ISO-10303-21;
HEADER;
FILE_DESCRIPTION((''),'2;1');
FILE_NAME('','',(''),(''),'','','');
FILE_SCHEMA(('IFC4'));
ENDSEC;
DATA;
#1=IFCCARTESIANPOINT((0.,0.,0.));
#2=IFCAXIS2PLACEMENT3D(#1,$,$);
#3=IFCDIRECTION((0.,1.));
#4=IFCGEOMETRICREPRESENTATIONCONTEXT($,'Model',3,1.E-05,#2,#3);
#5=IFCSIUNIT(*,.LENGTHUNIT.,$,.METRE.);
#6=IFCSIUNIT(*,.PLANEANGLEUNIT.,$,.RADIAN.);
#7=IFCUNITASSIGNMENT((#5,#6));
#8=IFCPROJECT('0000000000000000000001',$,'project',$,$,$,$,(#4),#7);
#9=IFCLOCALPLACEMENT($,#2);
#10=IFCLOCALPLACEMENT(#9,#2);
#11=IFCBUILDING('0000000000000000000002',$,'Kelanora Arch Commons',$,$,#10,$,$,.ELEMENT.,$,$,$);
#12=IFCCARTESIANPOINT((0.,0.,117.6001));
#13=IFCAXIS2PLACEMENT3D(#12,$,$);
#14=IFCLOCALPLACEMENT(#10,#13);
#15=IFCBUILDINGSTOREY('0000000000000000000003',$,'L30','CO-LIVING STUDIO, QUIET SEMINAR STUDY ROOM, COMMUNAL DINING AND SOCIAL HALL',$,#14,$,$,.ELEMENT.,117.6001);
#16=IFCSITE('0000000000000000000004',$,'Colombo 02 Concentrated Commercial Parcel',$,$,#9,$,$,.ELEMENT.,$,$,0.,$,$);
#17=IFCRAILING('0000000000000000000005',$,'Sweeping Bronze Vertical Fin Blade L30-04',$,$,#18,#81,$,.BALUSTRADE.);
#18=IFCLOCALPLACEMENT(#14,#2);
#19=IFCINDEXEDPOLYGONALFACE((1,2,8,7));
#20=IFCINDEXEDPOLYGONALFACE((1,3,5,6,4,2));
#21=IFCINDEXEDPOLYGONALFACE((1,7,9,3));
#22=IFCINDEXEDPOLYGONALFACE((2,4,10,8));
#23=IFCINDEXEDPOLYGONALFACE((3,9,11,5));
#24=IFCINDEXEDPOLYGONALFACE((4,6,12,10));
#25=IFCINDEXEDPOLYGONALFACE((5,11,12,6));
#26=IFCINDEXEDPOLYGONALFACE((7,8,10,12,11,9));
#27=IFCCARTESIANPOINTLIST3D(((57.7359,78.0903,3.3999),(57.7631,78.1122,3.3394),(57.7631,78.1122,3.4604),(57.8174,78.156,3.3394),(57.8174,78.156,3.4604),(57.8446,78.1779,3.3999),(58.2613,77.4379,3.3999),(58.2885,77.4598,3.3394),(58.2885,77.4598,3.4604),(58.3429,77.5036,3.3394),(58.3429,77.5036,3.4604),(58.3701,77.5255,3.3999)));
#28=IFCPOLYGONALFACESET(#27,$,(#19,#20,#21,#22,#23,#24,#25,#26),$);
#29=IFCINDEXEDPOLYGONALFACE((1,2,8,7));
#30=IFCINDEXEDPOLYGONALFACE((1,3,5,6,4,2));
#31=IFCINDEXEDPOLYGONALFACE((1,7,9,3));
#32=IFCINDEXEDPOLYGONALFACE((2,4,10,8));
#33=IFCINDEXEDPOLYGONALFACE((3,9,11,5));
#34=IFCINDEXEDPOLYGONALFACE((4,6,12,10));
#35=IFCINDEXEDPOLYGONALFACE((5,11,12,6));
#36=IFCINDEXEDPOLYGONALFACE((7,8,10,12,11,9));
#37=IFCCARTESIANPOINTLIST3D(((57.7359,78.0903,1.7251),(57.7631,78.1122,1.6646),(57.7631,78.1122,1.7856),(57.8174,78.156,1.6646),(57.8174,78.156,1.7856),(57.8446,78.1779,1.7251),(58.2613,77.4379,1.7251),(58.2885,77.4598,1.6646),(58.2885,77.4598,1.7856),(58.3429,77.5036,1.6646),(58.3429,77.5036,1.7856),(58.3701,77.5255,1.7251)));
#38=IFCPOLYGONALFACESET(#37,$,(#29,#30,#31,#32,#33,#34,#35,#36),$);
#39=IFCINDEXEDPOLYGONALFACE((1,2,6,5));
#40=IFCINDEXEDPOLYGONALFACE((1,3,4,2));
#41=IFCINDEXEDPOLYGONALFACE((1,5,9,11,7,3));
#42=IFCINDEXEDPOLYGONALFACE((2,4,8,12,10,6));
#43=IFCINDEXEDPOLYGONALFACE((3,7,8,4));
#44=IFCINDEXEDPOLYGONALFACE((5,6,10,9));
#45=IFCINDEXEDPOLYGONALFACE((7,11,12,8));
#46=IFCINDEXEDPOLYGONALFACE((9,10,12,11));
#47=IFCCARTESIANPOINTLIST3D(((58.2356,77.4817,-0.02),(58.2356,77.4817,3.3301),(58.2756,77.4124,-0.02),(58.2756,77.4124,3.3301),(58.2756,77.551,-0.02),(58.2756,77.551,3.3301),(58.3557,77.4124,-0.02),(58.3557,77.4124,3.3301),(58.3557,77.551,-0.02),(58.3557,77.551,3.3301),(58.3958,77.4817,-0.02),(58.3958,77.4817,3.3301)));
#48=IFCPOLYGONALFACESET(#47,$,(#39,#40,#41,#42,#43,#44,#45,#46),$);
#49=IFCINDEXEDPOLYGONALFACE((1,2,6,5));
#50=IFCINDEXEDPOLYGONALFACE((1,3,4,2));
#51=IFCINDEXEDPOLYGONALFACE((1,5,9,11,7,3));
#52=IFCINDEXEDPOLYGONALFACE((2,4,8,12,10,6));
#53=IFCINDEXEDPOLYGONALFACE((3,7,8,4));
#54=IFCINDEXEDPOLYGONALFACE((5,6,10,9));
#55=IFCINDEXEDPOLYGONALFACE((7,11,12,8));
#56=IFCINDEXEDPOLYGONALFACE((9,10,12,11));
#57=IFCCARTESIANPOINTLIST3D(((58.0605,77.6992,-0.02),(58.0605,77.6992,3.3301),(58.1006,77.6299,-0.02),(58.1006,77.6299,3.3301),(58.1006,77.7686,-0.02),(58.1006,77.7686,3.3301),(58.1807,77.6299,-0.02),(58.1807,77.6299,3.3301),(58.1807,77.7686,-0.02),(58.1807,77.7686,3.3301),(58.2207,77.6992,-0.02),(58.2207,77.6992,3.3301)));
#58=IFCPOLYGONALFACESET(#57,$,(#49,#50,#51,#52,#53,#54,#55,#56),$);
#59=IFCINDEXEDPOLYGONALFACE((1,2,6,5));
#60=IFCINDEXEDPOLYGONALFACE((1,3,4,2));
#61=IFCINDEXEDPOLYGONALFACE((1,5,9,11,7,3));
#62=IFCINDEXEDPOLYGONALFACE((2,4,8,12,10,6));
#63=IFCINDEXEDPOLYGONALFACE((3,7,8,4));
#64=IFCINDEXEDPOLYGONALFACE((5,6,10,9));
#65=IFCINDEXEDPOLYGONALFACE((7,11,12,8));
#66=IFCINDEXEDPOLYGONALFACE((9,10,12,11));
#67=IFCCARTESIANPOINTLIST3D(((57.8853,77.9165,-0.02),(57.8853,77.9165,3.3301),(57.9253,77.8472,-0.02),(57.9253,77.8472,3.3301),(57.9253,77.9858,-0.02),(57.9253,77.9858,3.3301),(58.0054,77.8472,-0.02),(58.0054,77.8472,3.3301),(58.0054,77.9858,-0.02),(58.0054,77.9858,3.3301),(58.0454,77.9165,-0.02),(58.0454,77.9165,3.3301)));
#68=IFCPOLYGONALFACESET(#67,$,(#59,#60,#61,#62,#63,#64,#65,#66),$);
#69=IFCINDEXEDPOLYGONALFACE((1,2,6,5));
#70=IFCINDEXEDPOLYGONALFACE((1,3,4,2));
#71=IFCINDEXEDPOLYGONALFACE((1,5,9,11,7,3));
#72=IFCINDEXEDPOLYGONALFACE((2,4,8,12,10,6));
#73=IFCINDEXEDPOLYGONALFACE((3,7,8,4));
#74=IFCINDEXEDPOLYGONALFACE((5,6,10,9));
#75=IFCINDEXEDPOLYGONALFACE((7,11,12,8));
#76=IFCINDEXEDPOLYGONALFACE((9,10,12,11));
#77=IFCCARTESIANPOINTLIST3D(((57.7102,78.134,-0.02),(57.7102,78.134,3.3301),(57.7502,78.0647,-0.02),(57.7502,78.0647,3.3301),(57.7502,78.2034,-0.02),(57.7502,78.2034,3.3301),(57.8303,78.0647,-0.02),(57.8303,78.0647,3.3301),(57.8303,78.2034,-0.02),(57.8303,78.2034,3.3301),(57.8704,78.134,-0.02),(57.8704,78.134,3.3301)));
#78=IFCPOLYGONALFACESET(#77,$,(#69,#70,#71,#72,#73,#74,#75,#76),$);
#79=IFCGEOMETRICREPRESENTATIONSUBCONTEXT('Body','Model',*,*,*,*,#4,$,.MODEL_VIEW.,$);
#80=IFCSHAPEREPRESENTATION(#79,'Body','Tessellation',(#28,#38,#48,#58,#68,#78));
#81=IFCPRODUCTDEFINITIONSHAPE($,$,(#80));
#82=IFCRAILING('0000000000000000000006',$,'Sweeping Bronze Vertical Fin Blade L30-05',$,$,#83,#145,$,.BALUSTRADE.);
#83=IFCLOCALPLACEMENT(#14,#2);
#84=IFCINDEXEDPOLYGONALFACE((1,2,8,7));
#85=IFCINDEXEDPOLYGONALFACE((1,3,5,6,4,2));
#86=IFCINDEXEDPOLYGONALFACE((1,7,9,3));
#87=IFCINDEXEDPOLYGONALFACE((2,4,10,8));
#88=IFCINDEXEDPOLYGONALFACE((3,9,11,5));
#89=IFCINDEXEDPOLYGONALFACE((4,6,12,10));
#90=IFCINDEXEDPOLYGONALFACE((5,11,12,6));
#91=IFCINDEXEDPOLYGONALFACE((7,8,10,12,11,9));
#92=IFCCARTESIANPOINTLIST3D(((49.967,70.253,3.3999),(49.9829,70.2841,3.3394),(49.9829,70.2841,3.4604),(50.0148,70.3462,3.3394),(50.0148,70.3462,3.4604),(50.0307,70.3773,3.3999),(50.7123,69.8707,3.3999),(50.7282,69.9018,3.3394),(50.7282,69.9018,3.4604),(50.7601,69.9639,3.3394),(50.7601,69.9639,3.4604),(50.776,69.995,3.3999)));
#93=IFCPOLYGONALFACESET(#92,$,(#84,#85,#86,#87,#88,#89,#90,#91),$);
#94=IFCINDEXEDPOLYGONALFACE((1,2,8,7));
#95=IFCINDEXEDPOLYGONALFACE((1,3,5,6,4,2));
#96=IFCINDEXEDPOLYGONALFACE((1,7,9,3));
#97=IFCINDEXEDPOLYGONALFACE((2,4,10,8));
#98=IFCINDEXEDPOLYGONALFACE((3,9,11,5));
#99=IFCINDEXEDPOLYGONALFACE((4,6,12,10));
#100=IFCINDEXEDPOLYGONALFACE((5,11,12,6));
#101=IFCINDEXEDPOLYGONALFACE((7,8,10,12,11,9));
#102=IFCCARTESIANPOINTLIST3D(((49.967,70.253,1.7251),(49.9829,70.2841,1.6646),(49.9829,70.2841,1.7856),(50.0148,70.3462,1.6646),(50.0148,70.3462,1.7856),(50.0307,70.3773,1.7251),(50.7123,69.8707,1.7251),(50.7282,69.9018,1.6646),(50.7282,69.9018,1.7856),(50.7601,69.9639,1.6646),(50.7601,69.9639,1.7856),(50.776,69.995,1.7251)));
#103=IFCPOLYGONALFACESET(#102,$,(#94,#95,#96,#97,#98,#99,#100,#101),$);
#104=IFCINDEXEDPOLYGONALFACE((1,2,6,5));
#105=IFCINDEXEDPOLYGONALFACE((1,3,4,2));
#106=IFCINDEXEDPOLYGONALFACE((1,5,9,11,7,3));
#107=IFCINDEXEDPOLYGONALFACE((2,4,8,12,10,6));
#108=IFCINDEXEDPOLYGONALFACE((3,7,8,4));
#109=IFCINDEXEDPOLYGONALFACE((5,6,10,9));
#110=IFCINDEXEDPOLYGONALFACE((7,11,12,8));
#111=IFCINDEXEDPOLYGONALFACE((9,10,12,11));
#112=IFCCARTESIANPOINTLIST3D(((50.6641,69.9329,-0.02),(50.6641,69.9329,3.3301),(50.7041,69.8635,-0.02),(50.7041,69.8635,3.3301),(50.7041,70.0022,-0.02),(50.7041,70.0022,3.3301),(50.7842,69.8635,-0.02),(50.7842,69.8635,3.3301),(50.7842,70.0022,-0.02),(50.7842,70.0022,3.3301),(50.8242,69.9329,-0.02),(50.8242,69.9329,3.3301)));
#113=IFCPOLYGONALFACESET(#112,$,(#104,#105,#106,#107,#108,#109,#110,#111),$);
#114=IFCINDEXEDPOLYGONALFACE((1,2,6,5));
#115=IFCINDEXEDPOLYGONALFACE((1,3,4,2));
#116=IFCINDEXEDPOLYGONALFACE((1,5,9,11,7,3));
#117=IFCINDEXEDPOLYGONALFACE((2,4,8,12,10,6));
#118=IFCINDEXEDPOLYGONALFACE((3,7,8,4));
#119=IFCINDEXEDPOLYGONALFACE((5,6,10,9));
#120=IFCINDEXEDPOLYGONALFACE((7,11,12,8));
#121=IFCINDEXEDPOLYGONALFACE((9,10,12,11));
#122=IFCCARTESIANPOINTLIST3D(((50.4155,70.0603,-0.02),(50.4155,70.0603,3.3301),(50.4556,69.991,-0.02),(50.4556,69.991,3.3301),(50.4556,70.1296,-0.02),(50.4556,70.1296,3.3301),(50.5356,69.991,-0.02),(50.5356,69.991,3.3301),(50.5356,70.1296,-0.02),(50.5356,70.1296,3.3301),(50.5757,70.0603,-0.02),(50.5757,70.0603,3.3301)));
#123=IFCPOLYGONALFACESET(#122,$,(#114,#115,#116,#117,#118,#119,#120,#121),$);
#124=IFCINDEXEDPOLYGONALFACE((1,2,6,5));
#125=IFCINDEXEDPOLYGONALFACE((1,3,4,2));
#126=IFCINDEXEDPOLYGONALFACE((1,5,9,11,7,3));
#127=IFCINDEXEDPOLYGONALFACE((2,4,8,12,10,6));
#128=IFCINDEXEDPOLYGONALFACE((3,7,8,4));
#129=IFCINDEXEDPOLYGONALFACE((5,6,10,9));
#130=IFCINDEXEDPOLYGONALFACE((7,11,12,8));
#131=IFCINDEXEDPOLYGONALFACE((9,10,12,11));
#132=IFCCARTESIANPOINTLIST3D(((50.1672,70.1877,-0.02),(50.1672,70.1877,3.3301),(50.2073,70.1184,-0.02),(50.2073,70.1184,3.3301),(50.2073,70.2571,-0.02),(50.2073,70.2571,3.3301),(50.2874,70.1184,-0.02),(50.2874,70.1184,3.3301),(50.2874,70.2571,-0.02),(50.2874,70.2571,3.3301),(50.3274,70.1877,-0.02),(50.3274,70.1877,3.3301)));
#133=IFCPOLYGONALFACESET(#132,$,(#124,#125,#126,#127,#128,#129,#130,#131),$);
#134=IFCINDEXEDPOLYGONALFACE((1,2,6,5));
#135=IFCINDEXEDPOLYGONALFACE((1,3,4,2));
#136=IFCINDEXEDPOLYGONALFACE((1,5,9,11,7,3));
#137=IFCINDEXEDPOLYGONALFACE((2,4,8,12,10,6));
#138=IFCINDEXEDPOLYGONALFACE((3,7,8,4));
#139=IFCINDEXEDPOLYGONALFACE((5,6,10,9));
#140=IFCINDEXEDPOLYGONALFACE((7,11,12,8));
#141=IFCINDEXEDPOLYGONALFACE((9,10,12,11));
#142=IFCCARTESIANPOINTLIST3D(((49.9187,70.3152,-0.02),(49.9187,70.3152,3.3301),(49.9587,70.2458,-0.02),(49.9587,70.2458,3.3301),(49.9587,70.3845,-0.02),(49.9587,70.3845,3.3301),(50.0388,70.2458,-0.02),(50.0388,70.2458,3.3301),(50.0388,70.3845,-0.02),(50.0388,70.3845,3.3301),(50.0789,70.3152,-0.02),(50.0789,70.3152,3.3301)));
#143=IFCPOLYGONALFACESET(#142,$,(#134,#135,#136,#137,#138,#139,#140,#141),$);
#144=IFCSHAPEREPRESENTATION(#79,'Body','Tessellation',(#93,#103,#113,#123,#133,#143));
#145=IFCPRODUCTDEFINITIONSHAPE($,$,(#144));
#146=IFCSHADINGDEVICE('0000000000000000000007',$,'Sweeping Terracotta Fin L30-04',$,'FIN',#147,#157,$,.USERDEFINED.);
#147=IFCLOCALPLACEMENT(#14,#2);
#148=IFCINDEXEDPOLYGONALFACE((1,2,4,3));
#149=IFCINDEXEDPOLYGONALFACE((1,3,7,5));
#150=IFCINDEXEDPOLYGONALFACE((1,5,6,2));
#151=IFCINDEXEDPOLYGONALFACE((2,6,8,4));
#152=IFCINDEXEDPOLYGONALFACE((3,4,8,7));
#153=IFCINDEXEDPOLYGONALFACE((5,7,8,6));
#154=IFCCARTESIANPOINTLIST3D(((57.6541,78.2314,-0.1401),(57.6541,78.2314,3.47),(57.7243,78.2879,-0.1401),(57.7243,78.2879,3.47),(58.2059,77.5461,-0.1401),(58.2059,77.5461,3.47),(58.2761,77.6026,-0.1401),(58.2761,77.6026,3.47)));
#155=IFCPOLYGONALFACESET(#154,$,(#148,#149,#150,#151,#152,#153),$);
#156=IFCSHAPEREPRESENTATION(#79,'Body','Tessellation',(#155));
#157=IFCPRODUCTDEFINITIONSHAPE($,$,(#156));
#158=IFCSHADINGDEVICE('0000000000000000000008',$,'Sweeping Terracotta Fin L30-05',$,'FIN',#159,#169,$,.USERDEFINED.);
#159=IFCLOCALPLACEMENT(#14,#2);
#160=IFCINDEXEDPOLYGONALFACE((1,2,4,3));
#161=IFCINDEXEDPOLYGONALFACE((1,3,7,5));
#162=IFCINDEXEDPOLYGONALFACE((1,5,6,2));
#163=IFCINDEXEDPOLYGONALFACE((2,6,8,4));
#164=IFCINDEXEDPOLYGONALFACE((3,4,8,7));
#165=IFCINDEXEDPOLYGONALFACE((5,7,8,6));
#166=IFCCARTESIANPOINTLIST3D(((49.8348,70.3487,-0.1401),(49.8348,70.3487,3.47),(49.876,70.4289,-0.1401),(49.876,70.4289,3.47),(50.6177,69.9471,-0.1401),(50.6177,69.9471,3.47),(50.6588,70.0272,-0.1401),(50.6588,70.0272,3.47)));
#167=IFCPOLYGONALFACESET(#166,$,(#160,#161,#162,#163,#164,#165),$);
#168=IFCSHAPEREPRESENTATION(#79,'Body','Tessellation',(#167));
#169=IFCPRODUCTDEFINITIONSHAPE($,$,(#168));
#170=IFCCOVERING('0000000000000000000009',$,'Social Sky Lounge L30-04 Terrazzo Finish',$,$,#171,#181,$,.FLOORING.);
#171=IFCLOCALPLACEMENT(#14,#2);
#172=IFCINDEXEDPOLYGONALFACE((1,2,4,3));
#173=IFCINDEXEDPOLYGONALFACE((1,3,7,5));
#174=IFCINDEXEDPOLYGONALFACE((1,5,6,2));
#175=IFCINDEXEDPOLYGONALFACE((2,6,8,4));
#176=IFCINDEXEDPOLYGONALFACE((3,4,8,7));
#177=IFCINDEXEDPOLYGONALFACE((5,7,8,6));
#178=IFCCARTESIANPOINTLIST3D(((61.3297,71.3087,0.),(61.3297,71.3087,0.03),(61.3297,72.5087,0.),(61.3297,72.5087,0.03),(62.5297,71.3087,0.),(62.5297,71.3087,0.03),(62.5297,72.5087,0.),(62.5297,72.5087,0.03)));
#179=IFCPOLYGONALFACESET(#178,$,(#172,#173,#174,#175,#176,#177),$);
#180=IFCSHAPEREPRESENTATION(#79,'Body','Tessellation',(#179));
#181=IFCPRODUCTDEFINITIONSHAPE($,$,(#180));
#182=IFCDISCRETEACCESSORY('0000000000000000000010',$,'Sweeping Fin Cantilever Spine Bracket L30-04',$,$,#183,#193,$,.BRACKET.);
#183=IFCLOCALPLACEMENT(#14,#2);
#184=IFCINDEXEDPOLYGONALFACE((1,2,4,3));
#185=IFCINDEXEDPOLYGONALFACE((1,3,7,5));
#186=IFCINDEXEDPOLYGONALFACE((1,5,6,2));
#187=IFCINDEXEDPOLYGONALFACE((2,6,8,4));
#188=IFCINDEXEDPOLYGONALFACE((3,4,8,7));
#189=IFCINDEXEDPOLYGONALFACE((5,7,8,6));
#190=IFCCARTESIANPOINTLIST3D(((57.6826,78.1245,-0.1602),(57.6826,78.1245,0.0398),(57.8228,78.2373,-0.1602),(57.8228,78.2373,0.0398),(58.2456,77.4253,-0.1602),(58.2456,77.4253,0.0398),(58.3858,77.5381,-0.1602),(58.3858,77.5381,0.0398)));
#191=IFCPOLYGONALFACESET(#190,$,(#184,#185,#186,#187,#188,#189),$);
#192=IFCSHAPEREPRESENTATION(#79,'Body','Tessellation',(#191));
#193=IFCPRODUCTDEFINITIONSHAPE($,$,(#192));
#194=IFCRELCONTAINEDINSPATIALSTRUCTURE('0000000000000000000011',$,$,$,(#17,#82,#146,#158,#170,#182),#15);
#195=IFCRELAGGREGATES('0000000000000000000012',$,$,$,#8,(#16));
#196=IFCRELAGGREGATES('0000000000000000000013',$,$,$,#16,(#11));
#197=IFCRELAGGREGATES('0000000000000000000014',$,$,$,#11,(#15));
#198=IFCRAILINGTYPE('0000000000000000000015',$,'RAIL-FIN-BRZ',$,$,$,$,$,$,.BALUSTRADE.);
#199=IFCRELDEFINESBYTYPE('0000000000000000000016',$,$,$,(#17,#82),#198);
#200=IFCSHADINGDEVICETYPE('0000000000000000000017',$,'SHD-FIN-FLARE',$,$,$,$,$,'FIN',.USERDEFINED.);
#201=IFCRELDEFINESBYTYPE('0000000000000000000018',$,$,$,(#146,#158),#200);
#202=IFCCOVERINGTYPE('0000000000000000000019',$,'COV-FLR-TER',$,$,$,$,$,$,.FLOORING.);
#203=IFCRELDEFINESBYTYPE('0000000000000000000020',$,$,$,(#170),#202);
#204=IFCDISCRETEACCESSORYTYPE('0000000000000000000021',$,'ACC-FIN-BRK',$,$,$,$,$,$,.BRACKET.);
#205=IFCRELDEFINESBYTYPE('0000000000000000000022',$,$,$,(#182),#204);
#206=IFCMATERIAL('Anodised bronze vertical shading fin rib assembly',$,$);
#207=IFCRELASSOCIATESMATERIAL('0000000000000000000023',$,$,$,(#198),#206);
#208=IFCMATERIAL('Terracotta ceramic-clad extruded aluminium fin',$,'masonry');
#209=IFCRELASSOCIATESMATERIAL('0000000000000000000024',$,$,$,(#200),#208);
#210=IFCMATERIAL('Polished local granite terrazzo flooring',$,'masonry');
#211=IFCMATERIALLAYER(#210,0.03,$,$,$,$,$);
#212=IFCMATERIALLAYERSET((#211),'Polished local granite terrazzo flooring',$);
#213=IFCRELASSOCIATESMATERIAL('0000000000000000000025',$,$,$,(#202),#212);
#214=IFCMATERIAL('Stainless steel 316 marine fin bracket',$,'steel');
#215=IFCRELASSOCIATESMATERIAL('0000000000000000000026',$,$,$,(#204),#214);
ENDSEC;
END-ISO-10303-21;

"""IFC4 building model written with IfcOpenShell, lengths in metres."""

from ifc_helpers import new_model, si_unit, direction, frame, origin, origin_2d, place, context, subcontext, project, spatial, polyline, rectangle, outline, extrude, source, transform, mapped, material, layer, layer_set, type_object, element, save


model = new_model("IFC4")

# Units and contexts
model_context = context("Model", 3, precision=1e-05, world=origin(), true_north=direction((0.0, 1.0)))
body_context = subcontext(model_context, "Body", "Model", "MODEL_VIEW")
ifc_project = project(units=[si_unit("LENGTHUNIT", "METRE"), si_unit("PLANEANGLEUNIT", "RADIAN")], contexts=[model_context])

# Site, building, storey
site_placement = place(None, origin())
site = spatial("IfcSite", under=ifc_project, at=site_placement, Name="Colombo 02 Concentrated Commercial Parcel", CompositionType="ELEMENT", RefElevation=0.0)
building_placement = place(site_placement, origin())
building = spatial("IfcBuilding", under=site, at=building_placement, Name="Kelanora Arch Commons", CompositionType="ELEMENT")
storey_placement = place(building_placement, frame((0.0, 0.0, 117.6001)))
storey = spatial("IfcBuildingStorey", under=building, at=storey_placement, Name="L30", Description="CO-LIVING STUDIO, QUIET SEMINAR STUDY ROOM, COMMUNAL DINING AND SOCIAL HALL", CompositionType="ELEMENT", Elevation=117.6001)

# Railings
ifc_material_1 = material(Name="Anodised bronze vertical shading fin rib assembly")
railing_type = type_object("IfcRailingType", Name="RAIL-FIN-BRZ", PredefinedType="BALUSTRADE", material=ifc_material_1)
railing_1_placement = place(storey_placement, frame((58.3157, 77.4817, -0.02)))
element("IfcRailing", 1, at=railing_1_placement, inside=storey, type_object=railing_type, Name="Sweeping Bronze Vertical Fin Blade L30-04", PredefinedType="BALUSTRADE", context=body_context, shape_type="SweptSolid", body=[
    extrude(outline(polyline([(0.0698, 0.0), (0.0349, 0.0605), (-0.0349, 0.0605), (-0.0698, 0.0), (-0.0349, -0.0605), (0.0349, -0.0605), (0.0698, 0.0)])), frame((0.0, 0.0, 3.4199), z_axis=(-0.627251, 0.778817, 0.0), x_axis=(-0.778817, -0.627251, 0.0)), (0.0, 0.0, 1.0), 0.8376),
    extrude(outline(polyline([(0.0698, 0.0), (0.0349, 0.0605), (-0.0349, 0.0605), (-0.0698, 0.0), (-0.0349, -0.0605), (0.0349, -0.0605), (0.0698, 0.0)])), frame((0.0, 0.0, 1.7451), z_axis=(-0.627251, 0.778817, 0.0), x_axis=(-0.778817, -0.627251, 0.0)), (0.0, 0.0, 1.0), 0.8376),
    extrude(outline(polyline([(0.0801, 0.0), (0.04, 0.0693), (-0.04, 0.0693), (-0.0801, 0.0), (-0.04, -0.0693), (0.04, -0.0693), (0.0801, 0.0)])), origin(), (0.0, 0.0, 1.0), 3.3501),
    extrude(outline(polyline([(0.0801, 0.0), (0.04, 0.0693), (-0.04, 0.0693), (-0.0801, 0.0), (-0.04, -0.0693), (0.04, -0.0693), (0.0801, 0.0)])), frame((-0.175, 0.2175, 0.0)), (0.0, 0.0, 1.0), 3.3501),
    extrude(outline(polyline([(0.0801, 0.0), (0.04, 0.0693), (-0.04, 0.0693), (-0.0801, 0.0), (-0.04, -0.0693), (0.04, -0.0693), (0.0801, 0.0)])), frame((-0.3503, 0.4348, 0.0)), (0.0, 0.0, 1.0), 3.3501),
    extrude(outline(polyline([(0.0801, 0.0), (0.04, 0.0693), (-0.04, 0.0693), (-0.0801, 0.0), (-0.04, -0.0693), (0.04, -0.0693), (0.0801, 0.0)])), frame((-0.5254, 0.6523, 0.0)), (0.0, 0.0, 1.0), 3.3501),
])
railing_2_placement = place(storey_placement, frame((50.7441, 69.9329, -0.02)))
element("IfcRailing", 2, at=railing_2_placement, inside=storey, type_object=railing_type, Name="Sweeping Bronze Vertical Fin Blade L30-05", PredefinedType="BALUSTRADE", context=body_context, shape_type="SweptSolid", body=[
    extrude(outline(polyline([(0.0698, 0.0), (0.0349, 0.0605), (-0.0349, 0.0605), (-0.0698, 0.0), (-0.0349, -0.0605), (0.0349, -0.0605), (0.0698, 0.0)])), frame((0.0, 0.0, 3.4199), z_axis=(-0.889775, 0.456399, 0.0), x_axis=(-0.456399, -0.889775, 0.0)), (0.0, 0.0, 1.0), 0.8376),
    extrude(outline(polyline([(0.0698, 0.0), (0.0349, 0.0605), (-0.0349, 0.0605), (-0.0698, 0.0), (-0.0349, -0.0605), (0.0349, -0.0605), (0.0698, 0.0)])), frame((0.0, 0.0, 1.7451), z_axis=(-0.889775, 0.456399, 0.0), x_axis=(-0.456399, -0.889775, 0.0)), (0.0, 0.0, 1.0), 0.8376),
    extrude(outline(polyline([(0.0801, 0.0), (0.04, 0.0693), (-0.04, 0.0693), (-0.0801, 0.0), (-0.04, -0.0693), (0.04, -0.0693), (0.0801, 0.0)])), origin(), (0.0, 0.0, 1.0), 3.3501),
    extrude(outline(polyline([(0.0801, 0.0), (0.04, 0.0693), (-0.04, 0.0693), (-0.0801, 0.0), (-0.04, -0.0693), (0.04, -0.0693), (0.0801, 0.0)])), frame((-0.2485, 0.1274, 0.0)), (0.0, 0.0, 1.0), 3.3501),
    extrude(outline(polyline([(0.0801, 0.0), (0.04, 0.0693), (-0.04, 0.0693), (-0.0801, 0.0), (-0.04, -0.0693), (0.04, -0.0693), (0.0801, 0.0)])), frame((-0.4968, 0.2549, 0.0)), (0.0, 0.0, 1.0), 3.3501),
    extrude(outline(polyline([(0.0801, 0.0), (0.04, 0.0693), (-0.04, 0.0693), (-0.0801, 0.0), (-0.04, -0.0693), (0.04, -0.0693), (0.0801, 0.0)])), frame((-0.7454, 0.3823, 0.0)), (0.0, 0.0, 1.0), 3.3501),
])

# Shading devices
ifc_material_2 = material(Name="Terracotta ceramic-clad extruded aluminium fin", Category="masonry")
shading_device_type = type_object("IfcShadingDeviceType", Name="SHD-FIN-FLARE", ElementType="FIN", PredefinedType="USERDEFINED", material=ifc_material_2)
shared_shape_1 = source(origin(), body_context, "Body", "SweptSolid", [
    extrude(rectangle(XDim=0.8799, YDim=0.0901, at=origin_2d()), origin(), (0.0, 0.0, 1.0), 3.6101),
])
for number, where, z_axis, x_axis, name in (
    (3, (57.9651, 77.917, -0.1401), (0.0, 0.0, 1.0), (-0.627148, 0.7789, 0.0), "Sweeping Terracotta Fin L30-04"),
    (4, (50.2468, 70.188, -0.1401), (0.0, 0.0, 1.0), (-0.889735, 0.456477, 0.0), "Sweeping Terracotta Fin L30-05"),
):
    element("IfcShadingDevice", number, at=place(storey_placement, frame(where, z_axis=z_axis, x_axis=x_axis)), inside=storey, type_object=shading_device_type, Name=name, ObjectType="FIN", PredefinedType="USERDEFINED", context=body_context, shape_type="MappedRepresentation", body=[
        mapped(shared_shape_1, transform((0.0, 0.0, 0.0), scale=1.0)),
    ])

# Covering
ifc_material_3 = material(Name="Polished local granite terrazzo flooring", Category="masonry")
ifc_layer_1 = layer(ifc_material_3, 0.03)
ifc_layer_set_1 = layer_set([ifc_layer_1], Name="Polished local granite terrazzo flooring")
covering_type = type_object("IfcCoveringType", Name="COV-FLR-TER", PredefinedType="FLOORING", material=ifc_layer_set_1)
shared_shape_2 = source(origin(), body_context, "Body", "SweptSolid", [
    extrude(rectangle(XDim=1.2, YDim=1.2, at=origin_2d()), origin(), (0.0, 0.0, 1.0), 0.03),
])
covering_placement = place(storey_placement, frame((61.9297, 71.9087, 0.0), z_axis=(0.0, 0.0, 1.0), x_axis=(1.0, 0.0, 0.0)))
element("IfcCovering", 5, at=covering_placement, inside=storey, type_object=covering_type, Name="Social Sky Lounge L30-04 Terrazzo Finish", PredefinedType="FLOORING", context=body_context, shape_type="MappedRepresentation", body=[
    mapped(shared_shape_2, transform((0.0, 0.0, 0.0), scale=1.0)),
])

# Discrete accessory
ifc_material_4 = material(Name="Stainless steel 316 marine fin bracket", Category="steel")
discrete_accessory_type = type_object("IfcDiscreteAccessoryType", Name="ACC-FIN-BRK", PredefinedType="BRACKET", material=ifc_material_4)
shared_shape_3 = source(origin(), body_context, "Body", "SweptSolid", [
    extrude(rectangle(XDim=0.8977, YDim=0.1799, at=origin_2d()), origin(), (0.0, 0.0, 1.0), 0.2),
])
for number, where, z_axis, x_axis, name in (
    (6, (58.0342, 77.8313, -0.1602), (0.0, 0.0, 1.0), (-0.627148, 0.7789, 0.0), "Sweeping Fin Cantilever Spine Bracket L30-04"),
):
    element("IfcDiscreteAccessory", number, at=place(storey_placement, frame(where, z_axis=z_axis, x_axis=x_axis)), inside=storey, type_object=discrete_accessory_type, Name=name, PredefinedType="BRACKET", context=body_context, shape_type="MappedRepresentation", body=[
        mapped(shared_shape_3, transform((0.0, 0.0, 0.0), scale=1.0)),
    ])

save(model, "model.ifc")
